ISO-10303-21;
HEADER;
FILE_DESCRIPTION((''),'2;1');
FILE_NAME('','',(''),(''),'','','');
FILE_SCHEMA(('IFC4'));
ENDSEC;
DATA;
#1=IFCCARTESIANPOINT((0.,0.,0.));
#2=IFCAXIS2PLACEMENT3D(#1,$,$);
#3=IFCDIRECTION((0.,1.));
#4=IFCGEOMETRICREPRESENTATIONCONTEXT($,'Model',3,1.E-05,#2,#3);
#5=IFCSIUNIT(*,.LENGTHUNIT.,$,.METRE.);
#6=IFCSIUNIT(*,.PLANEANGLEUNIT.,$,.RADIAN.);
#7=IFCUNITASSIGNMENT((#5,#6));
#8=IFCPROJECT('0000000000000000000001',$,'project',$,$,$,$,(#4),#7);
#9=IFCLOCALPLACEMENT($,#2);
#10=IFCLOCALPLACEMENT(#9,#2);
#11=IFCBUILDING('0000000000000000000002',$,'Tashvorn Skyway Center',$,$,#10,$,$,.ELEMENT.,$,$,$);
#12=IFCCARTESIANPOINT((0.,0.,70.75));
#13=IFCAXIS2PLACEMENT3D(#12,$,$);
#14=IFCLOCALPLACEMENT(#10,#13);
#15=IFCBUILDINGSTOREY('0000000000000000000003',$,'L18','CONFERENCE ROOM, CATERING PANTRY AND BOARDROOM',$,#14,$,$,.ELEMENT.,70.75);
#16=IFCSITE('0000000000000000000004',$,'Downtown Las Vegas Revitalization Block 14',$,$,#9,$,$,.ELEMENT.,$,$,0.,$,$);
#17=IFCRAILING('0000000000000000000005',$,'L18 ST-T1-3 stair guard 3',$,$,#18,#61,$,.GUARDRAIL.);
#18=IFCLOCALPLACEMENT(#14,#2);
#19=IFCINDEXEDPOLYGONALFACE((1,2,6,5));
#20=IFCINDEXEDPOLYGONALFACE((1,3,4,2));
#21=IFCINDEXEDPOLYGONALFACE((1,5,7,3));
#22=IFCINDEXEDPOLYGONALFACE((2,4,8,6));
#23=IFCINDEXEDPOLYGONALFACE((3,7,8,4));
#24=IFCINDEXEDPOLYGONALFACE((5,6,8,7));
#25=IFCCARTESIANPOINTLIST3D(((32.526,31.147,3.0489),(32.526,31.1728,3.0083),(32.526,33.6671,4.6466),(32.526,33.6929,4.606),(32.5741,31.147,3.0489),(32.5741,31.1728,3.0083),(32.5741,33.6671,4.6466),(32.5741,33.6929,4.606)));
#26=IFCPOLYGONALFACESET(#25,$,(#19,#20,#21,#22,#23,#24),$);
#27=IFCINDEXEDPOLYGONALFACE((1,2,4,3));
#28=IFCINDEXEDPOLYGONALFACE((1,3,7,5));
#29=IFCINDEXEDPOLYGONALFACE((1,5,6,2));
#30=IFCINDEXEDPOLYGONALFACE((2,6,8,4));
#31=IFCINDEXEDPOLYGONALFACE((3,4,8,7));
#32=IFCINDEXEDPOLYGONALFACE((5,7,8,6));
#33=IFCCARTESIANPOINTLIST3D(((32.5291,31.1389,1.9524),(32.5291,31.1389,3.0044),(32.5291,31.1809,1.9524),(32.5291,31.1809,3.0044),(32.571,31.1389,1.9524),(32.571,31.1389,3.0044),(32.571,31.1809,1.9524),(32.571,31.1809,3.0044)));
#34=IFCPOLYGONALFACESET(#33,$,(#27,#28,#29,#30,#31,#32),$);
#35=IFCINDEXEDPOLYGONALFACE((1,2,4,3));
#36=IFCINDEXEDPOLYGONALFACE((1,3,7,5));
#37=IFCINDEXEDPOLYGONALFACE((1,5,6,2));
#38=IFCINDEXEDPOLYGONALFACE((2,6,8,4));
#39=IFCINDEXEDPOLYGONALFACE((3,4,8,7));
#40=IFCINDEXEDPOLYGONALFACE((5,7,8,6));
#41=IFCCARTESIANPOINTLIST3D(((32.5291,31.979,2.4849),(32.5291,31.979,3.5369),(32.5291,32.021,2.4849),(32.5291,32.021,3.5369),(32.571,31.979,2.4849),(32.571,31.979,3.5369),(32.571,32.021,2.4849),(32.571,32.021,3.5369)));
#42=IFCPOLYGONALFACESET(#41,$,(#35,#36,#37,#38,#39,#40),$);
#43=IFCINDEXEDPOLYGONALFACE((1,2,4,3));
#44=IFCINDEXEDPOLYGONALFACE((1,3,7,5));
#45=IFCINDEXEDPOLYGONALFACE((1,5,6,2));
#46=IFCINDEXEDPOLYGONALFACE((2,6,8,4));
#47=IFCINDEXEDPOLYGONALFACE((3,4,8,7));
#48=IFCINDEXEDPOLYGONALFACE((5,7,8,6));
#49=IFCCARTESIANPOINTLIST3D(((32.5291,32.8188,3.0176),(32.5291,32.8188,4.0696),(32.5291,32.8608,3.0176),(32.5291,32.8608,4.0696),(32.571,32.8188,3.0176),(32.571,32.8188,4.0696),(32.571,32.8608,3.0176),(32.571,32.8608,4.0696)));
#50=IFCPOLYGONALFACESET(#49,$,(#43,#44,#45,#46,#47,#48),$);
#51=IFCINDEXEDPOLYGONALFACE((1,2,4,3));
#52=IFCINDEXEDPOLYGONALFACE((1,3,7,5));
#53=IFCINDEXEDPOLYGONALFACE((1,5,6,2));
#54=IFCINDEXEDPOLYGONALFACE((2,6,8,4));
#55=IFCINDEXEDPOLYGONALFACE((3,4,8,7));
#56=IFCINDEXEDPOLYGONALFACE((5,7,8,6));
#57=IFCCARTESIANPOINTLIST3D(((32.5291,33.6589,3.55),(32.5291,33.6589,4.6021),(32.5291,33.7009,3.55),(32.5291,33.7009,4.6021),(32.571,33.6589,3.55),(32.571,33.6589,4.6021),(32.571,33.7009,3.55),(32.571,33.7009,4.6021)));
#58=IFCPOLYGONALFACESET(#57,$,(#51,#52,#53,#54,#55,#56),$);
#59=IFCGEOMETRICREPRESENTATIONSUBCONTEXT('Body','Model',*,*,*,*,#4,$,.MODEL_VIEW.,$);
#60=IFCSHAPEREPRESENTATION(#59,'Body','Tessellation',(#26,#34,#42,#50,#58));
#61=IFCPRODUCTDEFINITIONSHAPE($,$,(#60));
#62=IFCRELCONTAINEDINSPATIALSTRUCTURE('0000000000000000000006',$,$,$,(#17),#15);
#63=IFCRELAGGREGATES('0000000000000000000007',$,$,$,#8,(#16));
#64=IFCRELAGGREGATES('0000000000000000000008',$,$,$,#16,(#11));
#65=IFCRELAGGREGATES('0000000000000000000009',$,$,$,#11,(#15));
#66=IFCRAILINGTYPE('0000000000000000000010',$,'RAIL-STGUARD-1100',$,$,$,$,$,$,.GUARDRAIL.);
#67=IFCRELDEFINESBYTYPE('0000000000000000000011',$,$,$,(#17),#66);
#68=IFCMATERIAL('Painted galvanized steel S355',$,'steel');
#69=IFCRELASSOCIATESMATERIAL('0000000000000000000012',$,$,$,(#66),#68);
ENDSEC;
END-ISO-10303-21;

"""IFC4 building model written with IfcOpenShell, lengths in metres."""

from ifc_helpers import new_model, si_unit, direction, frame, origin, origin_2d, place, context, subcontext, project, spatial, rectangle, extrude, material, type_object, element, save


model = new_model("IFC4")

# Units and contexts
model_context = context("Model", 3, precision=1e-05, world=origin(), true_north=direction((0.0, 1.0)))
body_context = subcontext(model_context, "Body", "Model", "MODEL_VIEW")
ifc_project = project(units=[si_unit("LENGTHUNIT", "METRE"), si_unit("PLANEANGLEUNIT", "RADIAN")], contexts=[model_context])

# Site, building, storey
site_placement = place(None, origin())
site = spatial("IfcSite", under=ifc_project, at=site_placement, Name="Downtown Las Vegas Revitalization Block 14", CompositionType="ELEMENT", RefElevation=0.0)
building_placement = place(site_placement, origin())
building = spatial("IfcBuilding", under=site, at=building_placement, Name="Tashvorn Skyway Center", CompositionType="ELEMENT")
storey_placement = place(building_placement, frame((0.0, 0.0, 70.75)))
storey = spatial("IfcBuildingStorey", under=building, at=storey_placement, Name="L18", Description="CONFERENCE ROOM, CATERING PANTRY AND BOARDROOM", CompositionType="ELEMENT", Elevation=70.75)

# Railing
ifc_material_1 = material(Name="Painted galvanized steel S355", Category="steel")
railing_type = type_object("IfcRailingType", Name="RAIL-STGUARD-1100", PredefinedType="GUARDRAIL", material=ifc_material_1)
railing_1_placement = place(storey_placement, frame((32.55, 31.1599, 1.9524)))
element("IfcRailing", 1, at=railing_1_placement, inside=storey, type_object=railing_type, Name="L18 ST-T1-3 stair guard 3", PredefinedType="GUARDRAIL", context=body_context, shape_type="SweptSolid", body=[
    extrude(rectangle(XDim=0.0481, YDim=0.0481, at=origin_2d()), frame((0.0, 0.0, 1.0762), z_axis=(0.0, 0.84457, 0.535445), x_axis=(-1.0, 0.0, 0.0)), (0.0, 0.0, 1.0), 2.9839),
    extrude(rectangle(XDim=0.042, YDim=0.042, at=origin_2d()), origin(), (0.0, 0.0, 1.0), 1.052),
    extrude(rectangle(XDim=0.042, YDim=0.042, at=origin_2d()), frame((0.0, 0.8401, 0.5325)), (0.0, 0.0, 1.0), 1.052),
    extrude(rectangle(XDim=0.042, YDim=0.042, at=origin_2d()), frame((0.0, 1.6799, 1.0652)), (0.0, 0.0, 1.0), 1.052),
    extrude(rectangle(XDim=0.042, YDim=0.042, at=origin_2d()), frame((0.0, 2.52, 1.5977)), (0.0, 0.0, 1.0), 1.052),
])

save(model, "model.ifc")
